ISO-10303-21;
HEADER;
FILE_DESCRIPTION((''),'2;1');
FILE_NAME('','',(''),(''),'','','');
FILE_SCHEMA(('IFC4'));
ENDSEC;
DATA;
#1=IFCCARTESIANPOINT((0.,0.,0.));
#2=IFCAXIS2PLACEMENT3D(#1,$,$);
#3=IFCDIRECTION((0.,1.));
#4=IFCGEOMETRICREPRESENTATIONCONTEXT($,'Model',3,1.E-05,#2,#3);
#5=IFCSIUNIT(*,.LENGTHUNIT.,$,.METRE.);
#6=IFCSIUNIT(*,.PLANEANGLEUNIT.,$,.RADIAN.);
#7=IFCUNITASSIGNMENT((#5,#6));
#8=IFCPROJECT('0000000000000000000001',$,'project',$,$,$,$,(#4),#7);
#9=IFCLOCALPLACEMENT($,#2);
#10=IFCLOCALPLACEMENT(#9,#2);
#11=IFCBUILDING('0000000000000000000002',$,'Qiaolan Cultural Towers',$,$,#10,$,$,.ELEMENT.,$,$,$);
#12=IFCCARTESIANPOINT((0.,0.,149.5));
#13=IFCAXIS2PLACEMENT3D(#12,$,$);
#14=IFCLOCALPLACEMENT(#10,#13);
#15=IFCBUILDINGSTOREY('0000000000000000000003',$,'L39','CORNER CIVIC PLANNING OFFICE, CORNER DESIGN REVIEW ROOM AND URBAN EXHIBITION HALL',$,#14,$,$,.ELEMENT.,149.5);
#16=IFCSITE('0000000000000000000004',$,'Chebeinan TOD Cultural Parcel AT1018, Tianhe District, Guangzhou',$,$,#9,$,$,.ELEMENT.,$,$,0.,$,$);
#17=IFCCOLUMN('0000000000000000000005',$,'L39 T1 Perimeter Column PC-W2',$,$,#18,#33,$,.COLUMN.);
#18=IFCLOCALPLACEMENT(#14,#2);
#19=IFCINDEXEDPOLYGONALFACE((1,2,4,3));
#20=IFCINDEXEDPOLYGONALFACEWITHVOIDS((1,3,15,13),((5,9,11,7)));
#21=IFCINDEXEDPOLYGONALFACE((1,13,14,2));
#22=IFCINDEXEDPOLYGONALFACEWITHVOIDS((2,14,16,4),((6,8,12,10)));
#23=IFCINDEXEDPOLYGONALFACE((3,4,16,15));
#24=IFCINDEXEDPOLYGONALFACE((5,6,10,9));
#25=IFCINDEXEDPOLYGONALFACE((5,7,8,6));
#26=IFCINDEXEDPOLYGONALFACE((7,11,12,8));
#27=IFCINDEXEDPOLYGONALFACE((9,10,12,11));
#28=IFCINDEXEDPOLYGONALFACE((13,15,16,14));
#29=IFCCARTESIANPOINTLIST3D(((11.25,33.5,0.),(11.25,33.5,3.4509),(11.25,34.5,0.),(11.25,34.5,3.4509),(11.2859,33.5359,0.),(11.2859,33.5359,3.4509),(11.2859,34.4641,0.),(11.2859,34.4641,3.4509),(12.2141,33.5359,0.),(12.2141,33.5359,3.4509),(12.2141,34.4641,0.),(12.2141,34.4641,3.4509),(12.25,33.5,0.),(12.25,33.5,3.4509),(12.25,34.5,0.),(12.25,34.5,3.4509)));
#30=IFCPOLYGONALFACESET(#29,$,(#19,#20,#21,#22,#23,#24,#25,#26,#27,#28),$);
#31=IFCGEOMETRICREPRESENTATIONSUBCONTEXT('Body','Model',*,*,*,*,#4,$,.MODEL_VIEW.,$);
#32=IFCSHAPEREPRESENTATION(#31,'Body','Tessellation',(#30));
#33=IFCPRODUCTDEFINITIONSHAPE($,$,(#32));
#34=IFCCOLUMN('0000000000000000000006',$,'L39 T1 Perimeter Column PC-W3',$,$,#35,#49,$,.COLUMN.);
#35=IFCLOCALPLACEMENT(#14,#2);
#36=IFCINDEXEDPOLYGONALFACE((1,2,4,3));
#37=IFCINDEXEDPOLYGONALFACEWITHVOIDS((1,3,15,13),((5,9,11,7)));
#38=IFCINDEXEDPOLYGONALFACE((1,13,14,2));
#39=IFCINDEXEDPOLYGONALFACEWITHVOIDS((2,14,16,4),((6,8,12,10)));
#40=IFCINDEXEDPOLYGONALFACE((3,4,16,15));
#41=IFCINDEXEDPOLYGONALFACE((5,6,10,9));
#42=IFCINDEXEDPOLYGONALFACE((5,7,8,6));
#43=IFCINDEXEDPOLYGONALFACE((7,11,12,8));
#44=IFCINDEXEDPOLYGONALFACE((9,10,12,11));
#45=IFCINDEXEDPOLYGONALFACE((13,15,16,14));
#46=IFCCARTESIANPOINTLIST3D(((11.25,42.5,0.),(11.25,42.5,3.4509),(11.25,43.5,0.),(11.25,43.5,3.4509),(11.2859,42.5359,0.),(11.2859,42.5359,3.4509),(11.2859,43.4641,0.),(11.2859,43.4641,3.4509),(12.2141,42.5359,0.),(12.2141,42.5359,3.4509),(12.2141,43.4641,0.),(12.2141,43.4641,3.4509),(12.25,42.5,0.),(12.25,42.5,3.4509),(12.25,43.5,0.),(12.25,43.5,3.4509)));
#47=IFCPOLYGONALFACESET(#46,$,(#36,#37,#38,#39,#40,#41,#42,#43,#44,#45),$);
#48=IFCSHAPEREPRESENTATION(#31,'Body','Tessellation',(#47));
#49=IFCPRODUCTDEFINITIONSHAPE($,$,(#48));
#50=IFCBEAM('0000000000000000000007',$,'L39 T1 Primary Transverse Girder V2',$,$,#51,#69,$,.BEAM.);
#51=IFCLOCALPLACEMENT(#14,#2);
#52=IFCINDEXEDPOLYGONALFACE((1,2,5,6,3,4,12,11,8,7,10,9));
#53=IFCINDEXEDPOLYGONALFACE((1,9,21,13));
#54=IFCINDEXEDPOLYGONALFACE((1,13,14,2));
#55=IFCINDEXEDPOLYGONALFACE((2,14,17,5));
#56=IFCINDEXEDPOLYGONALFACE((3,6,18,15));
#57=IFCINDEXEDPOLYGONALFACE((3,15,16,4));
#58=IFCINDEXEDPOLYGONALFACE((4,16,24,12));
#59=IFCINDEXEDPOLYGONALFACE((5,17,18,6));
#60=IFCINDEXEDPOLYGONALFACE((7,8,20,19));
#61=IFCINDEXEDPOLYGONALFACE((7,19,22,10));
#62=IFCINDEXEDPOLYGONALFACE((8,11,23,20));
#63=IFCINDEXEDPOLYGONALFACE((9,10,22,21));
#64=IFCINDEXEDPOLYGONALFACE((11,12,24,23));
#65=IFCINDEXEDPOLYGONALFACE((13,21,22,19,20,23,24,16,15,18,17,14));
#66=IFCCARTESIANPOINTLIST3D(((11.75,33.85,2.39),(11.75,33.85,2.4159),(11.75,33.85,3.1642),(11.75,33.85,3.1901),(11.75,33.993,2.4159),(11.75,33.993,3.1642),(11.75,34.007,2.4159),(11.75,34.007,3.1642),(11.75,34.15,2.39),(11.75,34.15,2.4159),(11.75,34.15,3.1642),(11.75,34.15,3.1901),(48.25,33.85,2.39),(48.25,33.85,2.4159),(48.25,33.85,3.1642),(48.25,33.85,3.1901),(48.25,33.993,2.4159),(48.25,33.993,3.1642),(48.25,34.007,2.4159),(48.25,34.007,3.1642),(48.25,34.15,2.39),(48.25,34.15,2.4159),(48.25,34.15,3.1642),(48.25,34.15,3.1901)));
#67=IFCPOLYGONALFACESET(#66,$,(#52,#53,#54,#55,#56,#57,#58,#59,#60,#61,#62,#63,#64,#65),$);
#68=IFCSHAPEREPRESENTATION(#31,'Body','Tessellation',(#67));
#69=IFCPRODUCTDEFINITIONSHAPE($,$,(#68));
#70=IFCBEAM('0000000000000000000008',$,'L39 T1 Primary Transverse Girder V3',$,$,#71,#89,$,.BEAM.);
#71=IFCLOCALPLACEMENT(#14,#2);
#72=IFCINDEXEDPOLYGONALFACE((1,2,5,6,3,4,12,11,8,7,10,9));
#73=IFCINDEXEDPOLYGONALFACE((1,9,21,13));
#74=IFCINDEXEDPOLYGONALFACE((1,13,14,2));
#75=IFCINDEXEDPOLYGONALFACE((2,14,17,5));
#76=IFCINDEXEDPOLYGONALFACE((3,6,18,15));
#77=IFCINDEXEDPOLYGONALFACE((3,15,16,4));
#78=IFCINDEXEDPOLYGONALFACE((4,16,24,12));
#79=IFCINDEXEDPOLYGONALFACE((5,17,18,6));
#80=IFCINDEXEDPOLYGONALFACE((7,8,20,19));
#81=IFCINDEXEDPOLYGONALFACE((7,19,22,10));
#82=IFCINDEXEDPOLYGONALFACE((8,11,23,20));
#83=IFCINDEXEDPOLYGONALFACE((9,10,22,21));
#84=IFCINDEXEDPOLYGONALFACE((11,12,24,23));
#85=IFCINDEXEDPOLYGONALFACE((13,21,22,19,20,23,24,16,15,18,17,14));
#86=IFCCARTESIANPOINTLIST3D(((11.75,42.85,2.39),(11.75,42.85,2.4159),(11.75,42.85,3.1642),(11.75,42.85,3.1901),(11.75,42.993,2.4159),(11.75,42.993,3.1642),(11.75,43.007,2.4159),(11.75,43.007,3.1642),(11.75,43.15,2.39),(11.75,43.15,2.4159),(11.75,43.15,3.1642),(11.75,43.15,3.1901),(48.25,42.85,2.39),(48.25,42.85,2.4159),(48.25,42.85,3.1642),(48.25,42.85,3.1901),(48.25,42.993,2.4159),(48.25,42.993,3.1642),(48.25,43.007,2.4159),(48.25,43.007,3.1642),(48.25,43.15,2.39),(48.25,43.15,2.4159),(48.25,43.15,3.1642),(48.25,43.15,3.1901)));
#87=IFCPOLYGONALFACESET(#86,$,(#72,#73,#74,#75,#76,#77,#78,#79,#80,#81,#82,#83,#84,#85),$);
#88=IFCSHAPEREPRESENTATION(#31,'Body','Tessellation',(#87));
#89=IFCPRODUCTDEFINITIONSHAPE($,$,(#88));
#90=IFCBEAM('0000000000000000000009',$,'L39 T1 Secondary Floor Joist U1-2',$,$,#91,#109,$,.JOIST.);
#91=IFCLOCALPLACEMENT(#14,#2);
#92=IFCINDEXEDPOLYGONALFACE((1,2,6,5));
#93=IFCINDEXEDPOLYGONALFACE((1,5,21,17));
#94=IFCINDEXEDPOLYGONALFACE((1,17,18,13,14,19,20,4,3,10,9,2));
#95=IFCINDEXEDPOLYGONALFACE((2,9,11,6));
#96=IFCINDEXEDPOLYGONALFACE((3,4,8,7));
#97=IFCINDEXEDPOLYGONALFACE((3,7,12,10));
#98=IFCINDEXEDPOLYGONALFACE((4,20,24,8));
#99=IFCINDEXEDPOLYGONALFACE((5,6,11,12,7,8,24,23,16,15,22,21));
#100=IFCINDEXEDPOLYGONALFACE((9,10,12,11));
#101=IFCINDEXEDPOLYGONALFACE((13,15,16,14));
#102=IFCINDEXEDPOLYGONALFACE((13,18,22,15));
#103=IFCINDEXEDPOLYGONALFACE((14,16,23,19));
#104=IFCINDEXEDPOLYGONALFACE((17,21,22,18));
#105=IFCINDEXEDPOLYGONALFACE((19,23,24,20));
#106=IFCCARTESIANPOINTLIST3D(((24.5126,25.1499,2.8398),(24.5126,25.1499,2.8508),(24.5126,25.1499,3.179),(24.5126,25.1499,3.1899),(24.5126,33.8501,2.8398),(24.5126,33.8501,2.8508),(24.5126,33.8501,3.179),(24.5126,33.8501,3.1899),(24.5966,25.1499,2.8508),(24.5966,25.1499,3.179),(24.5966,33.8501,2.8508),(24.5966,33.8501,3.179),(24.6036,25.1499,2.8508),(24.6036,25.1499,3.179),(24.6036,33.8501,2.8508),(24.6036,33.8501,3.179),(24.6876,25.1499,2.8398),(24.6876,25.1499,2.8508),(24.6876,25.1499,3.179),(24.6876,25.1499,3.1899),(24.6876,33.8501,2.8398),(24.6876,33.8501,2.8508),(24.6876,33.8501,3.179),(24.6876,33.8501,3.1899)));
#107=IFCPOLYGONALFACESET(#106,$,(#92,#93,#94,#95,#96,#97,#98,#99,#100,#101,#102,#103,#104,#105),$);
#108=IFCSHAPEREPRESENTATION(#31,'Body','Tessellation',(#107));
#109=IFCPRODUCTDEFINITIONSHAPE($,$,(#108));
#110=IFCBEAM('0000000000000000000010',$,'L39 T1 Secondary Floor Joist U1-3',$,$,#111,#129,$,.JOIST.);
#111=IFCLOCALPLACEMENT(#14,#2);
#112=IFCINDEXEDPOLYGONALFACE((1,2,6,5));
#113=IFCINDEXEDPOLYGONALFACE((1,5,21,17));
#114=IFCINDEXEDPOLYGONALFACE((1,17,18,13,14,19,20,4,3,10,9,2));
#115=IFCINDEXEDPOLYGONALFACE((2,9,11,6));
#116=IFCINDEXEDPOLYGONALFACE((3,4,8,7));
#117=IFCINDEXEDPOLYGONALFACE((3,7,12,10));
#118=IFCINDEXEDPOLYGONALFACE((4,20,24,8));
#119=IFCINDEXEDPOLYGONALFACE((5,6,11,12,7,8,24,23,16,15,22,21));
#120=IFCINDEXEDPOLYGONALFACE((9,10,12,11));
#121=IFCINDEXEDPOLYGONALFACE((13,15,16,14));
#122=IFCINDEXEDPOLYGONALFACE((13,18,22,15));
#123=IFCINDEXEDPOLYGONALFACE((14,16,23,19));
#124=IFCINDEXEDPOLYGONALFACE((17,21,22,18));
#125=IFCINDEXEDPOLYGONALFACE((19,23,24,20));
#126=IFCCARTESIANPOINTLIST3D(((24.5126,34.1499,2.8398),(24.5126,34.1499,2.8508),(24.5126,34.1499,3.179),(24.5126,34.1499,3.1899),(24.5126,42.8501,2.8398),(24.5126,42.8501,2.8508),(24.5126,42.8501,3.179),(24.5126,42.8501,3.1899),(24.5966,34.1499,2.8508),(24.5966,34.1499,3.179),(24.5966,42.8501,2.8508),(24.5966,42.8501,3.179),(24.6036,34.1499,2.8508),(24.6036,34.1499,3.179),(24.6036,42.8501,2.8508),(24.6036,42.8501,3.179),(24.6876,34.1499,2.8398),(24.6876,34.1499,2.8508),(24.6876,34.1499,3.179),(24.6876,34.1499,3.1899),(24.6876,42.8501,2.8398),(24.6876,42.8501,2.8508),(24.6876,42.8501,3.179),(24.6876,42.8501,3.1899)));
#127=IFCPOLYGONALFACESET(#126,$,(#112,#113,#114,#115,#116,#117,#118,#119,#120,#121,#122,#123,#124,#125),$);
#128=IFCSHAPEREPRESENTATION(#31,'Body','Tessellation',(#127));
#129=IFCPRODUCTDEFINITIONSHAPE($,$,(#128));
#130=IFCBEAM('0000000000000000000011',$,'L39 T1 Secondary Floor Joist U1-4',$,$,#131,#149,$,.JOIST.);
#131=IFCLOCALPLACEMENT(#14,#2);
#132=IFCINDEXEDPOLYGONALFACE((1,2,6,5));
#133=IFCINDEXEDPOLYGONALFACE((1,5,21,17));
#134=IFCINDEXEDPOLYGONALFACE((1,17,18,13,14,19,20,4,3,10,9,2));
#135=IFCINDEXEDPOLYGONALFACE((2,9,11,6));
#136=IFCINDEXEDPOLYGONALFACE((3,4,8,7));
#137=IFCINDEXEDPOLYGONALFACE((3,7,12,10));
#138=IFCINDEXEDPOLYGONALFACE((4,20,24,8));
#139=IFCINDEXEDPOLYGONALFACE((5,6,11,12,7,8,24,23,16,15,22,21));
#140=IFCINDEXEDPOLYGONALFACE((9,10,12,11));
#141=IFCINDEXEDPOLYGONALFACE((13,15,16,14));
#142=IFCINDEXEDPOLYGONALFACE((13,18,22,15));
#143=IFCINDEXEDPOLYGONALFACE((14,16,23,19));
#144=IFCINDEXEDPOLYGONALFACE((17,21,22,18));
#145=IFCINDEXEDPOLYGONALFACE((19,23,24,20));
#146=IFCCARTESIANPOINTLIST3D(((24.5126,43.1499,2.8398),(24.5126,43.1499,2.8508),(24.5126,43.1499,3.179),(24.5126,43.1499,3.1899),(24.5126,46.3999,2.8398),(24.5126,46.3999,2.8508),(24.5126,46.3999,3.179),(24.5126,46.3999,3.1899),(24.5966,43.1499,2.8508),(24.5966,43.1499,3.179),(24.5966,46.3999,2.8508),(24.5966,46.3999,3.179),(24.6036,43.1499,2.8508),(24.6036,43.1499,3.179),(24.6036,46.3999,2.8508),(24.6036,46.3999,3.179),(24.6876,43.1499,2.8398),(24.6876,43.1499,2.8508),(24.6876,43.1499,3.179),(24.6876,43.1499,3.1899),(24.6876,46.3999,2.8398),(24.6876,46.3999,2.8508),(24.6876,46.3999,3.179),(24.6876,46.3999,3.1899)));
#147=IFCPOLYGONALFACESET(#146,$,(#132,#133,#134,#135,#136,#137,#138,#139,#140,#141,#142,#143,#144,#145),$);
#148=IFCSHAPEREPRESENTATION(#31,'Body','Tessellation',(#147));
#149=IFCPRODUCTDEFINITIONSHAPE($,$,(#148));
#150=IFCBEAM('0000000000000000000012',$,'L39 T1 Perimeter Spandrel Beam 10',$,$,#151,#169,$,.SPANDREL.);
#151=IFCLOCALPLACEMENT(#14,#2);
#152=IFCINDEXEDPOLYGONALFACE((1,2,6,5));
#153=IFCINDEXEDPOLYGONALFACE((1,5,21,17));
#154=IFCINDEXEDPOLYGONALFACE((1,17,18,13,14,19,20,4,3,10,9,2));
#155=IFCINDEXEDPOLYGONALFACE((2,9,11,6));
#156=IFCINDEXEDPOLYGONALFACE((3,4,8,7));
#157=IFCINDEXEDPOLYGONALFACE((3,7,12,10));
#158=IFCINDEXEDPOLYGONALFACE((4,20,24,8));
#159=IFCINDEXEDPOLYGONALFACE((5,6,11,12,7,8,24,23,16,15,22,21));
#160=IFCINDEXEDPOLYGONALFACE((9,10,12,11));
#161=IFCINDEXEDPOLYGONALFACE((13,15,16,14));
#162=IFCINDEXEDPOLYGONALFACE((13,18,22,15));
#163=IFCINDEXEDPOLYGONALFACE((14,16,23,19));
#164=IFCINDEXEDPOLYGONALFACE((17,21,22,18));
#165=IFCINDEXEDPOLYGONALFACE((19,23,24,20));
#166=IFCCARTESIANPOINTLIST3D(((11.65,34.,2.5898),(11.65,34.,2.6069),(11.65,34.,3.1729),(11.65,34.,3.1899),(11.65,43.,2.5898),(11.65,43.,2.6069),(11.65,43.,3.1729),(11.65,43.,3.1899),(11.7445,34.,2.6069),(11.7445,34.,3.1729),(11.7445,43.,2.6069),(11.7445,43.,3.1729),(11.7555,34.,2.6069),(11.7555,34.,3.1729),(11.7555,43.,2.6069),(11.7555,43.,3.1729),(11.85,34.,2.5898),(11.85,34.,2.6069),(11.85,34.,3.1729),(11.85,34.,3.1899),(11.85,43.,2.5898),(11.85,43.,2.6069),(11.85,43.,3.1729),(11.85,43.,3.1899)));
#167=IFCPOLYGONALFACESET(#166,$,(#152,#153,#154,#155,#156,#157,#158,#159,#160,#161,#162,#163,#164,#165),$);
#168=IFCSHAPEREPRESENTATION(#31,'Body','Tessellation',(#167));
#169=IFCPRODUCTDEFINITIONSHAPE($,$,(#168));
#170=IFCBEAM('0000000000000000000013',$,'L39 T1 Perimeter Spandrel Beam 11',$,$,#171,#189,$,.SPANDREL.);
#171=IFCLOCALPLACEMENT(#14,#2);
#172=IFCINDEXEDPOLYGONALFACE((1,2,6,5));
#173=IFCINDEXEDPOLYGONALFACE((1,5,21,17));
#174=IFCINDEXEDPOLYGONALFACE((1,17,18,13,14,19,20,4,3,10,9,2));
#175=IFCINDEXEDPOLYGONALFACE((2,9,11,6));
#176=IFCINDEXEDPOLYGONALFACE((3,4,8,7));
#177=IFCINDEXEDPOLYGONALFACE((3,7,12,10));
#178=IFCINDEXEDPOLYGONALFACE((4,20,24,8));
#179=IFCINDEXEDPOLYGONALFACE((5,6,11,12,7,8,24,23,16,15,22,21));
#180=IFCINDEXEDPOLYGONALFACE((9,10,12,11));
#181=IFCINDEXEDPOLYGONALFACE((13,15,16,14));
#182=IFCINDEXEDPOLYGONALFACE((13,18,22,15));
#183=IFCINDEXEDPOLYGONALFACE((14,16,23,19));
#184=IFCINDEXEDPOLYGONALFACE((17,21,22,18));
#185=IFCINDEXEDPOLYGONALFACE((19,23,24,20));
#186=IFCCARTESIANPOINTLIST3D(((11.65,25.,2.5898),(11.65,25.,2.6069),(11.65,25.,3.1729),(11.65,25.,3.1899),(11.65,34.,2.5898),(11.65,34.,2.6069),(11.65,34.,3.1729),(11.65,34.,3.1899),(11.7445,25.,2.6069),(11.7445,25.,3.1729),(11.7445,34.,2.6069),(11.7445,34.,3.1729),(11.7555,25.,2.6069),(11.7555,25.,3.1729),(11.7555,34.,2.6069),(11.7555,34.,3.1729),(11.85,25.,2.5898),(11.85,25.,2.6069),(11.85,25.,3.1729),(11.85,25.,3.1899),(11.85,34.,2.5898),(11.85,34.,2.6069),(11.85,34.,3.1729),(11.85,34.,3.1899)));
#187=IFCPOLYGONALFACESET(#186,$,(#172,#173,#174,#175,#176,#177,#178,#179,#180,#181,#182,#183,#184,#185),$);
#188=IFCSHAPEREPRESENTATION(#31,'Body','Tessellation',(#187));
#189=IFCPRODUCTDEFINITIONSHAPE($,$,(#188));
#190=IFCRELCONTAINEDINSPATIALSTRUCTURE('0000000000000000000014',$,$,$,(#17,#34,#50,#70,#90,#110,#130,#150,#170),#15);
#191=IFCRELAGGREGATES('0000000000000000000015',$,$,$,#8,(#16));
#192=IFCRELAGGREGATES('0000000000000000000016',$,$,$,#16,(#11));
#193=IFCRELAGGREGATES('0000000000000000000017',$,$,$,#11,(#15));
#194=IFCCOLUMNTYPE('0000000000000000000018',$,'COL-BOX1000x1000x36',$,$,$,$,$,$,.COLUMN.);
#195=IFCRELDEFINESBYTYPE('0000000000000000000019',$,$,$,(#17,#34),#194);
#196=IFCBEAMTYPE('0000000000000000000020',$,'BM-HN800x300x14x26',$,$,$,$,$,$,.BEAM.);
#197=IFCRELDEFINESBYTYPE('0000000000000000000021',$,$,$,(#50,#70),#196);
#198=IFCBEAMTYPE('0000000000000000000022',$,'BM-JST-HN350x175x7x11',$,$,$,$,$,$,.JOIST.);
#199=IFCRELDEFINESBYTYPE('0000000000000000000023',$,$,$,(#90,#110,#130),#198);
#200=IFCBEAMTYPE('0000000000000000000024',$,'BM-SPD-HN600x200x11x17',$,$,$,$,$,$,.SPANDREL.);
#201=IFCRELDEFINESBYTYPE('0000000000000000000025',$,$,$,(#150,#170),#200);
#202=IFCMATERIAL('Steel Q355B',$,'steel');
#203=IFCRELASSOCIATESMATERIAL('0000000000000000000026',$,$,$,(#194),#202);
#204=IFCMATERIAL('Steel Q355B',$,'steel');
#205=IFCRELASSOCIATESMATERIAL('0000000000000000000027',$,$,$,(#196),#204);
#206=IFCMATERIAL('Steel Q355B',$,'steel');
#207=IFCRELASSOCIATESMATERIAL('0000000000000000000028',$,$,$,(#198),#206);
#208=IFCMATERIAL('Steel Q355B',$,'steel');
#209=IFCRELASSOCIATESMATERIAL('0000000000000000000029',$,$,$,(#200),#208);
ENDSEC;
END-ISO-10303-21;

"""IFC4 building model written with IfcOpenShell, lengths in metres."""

from ifc_helpers import new_model, si_unit, direction, frame, origin, origin_2d, place, context, subcontext, project, spatial, hollow_rectangle, i_section, extrude, material, material_profile, profile_set, type_object, element, save


model = new_model("IFC4")

# Units and contexts
model_context = context("Model", 3, precision=1e-05, world=origin(), true_north=direction((0.0, 1.0)))
body_context = subcontext(model_context, "Body", "Model", "MODEL_VIEW")
ifc_project = project(units=[si_unit("LENGTHUNIT", "METRE"), si_unit("PLANEANGLEUNIT", "RADIAN")], contexts=[model_context])

# Site, building, storey
site_placement = place(None, origin())
site = spatial("IfcSite", under=ifc_project, at=site_placement, Name="Chebeinan TOD Cultural Parcel AT1018, Tianhe District, Guangzhou", CompositionType="ELEMENT", RefElevation=0.0)
building_placement = place(site_placement, origin())
building = spatial("IfcBuilding", under=site, at=building_placement, Name="Qiaolan Cultural Towers", CompositionType="ELEMENT")
storey_placement = place(building_placement, frame((0.0, 0.0, 149.5)))
storey = spatial("IfcBuildingStorey", under=building, at=storey_placement, Name="L39", Description="CORNER CIVIC PLANNING OFFICE, CORNER DESIGN REVIEW ROOM AND URBAN EXHIBITION HALL", CompositionType="ELEMENT", Elevation=149.5)

# Columns
ifc_material_1 = material(Name="Steel Q355B", Category="steel")
ifc_material_profile_1 = material_profile(ifc_material_1, hollow_rectangle(XDim=1.0, YDim=1.0, WallThickness=0.0359, at=origin_2d()), Name="BOX1000x1000x36")
ifc_profile_set_1 = profile_set([ifc_material_profile_1], Name="Steel Q355B")
column_type = type_object("IfcColumnType", Name="COL-BOX1000x1000x36", PredefinedType="COLUMN", material=ifc_profile_set_1)
for number, where, z_axis, x_axis, name in (
    (1, (11.75, 34.0, 0.0), (0.0, 0.0, 1.0), (1.0, 0.0, 0.0), "L39 T1 Perimeter Column PC-W2"),
    (2, (11.75, 43.0, 0.0), (0.0, 0.0, 1.0), (1.0, 0.0, 0.0), "L39 T1 Perimeter Column PC-W3"),
):
    element("IfcColumn", number, at=place(storey_placement, frame(where, z_axis=z_axis, x_axis=x_axis)), inside=storey, type_object=column_type, Name=name, PredefinedType="COLUMN", context=body_context, shape_type="SweptSolid", body=[
        extrude(hollow_rectangle(XDim=1.0, YDim=1.0, WallThickness=0.0359, at=origin_2d()), origin(), (0.0, 0.0, 1.0), 3.4509),
    ])

# Beams
ifc_material_2 = material(Name="Steel Q355B", Category="steel")
ifc_material_profile_2 = material_profile(ifc_material_2, i_section(OverallWidth=0.3, OverallDepth=0.8, WebThickness=0.0139, FlangeThickness=0.0259, at=origin_2d()), Name="HN800x300x14x26")
ifc_profile_set_2 = profile_set([ifc_material_profile_2], Name="Steel Q355B")
beam_type_1 = type_object("IfcBeamType", Name="BM-HN800x300x14x26", PredefinedType="BEAM", material=ifc_profile_set_2)
for number, where, z_axis, x_axis, name in (
    (3, (11.75, 34.0, 2.79), (1.0, 0.0, 0.0), (0.0, 1.0, 0.0), "L39 T1 Primary Transverse Girder V2"),
    (4, (11.75, 43.0, 2.79), (1.0, 0.0, 0.0), (0.0, 1.0, 0.0), "L39 T1 Primary Transverse Girder V3"),
):
    element("IfcBeam", number, at=place(storey_placement, frame(where, z_axis=z_axis, x_axis=x_axis)), inside=storey, type_object=beam_type_1, Name=name, PredefinedType="BEAM", context=body_context, shape_type="SweptSolid", body=[
        extrude(i_section(OverallWidth=0.3, OverallDepth=0.8, WebThickness=0.0139, FlangeThickness=0.0259, at=origin_2d()), origin(), (0.0, 0.0, 1.0), 36.5),
    ])
ifc_material_3 = material(Name="Steel Q355B", Category="steel")
ifc_material_profile_3 = material_profile(ifc_material_3, i_section(OverallWidth=0.175, OverallDepth=0.3501, WebThickness=0.0071, FlangeThickness=0.011, at=origin_2d()), Name="HN350x175x7x11")
ifc_profile_set_3 = profile_set([ifc_material_profile_3], Name="Steel Q355B")
beam_type_2 = type_object("IfcBeamType", Name="BM-JST-HN350x175x7x11", PredefinedType="JOIST", material=ifc_profile_set_3)
for number, where, z_axis, x_axis, name in (
    (5, (24.6001, 25.1499, 3.0149), (0.0, 1.0, 0.0), (-1.0, 0.0, 0.0), "L39 T1 Secondary Floor Joist U1-2"),
    (6, (24.6001, 34.1499, 3.0149), (0.0, 1.0, 0.0), (-1.0, 0.0, 0.0), "L39 T1 Secondary Floor Joist U1-3"),
):
    element("IfcBeam", number, at=place(storey_placement, frame(where, z_axis=z_axis, x_axis=x_axis)), inside=storey, type_object=beam_type_2, Name=name, PredefinedType="JOIST", context=body_context, shape_type="SweptSolid", body=[
        extrude(i_section(OverallWidth=0.175, OverallDepth=0.3501, WebThickness=0.0071, FlangeThickness=0.011, at=origin_2d()), origin(), (0.0, 0.0, 1.0), 8.7002),
    ])
beam_placement = place(storey_placement, frame((24.6001, 43.1499, 3.0149), z_axis=(0.0, 1.0, 0.0), x_axis=(-1.0, 0.0, 0.0)))
element("IfcBeam", 7, at=beam_placement, inside=storey, type_object=beam_type_2, Name="L39 T1 Secondary Floor Joist U1-4", PredefinedType="JOIST", context=body_context, shape_type="SweptSolid", body=[
    extrude(i_section(OverallWidth=0.175, OverallDepth=0.3501, WebThickness=0.0071, FlangeThickness=0.011, at=origin_2d()), origin(), (0.0, 0.0, 1.0), 3.25),
])
ifc_material_4 = material(Name="Steel Q355B", Category="steel")
ifc_material_profile_4 = material_profile(ifc_material_4, i_section(OverallWidth=0.2, OverallDepth=0.6001, WebThickness=0.011, FlangeThickness=0.0171, at=origin_2d()), Name="HN600x200x11x17")
ifc_profile_set_4 = profile_set([ifc_material_profile_4], Name="Steel Q355B")
beam_type_3 = type_object("IfcBeamType", Name="BM-SPD-HN600x200x11x17", PredefinedType="SPANDREL", material=ifc_profile_set_4)
for number, where, z_axis, x_axis, name in (
    (8, (11.75, 43.0, 2.8899), (0.0, -1.0, 0.0), (1.0, 0.0, 0.0), "L39 T1 Perimeter Spandrel Beam 10"),
    (9, (11.75, 34.0, 2.8899), (0.0, -1.0, 0.0), (1.0, 0.0, 0.0), "L39 T1 Perimeter Spandrel Beam 11"),
):
    element("IfcBeam", number, at=place(storey_placement, frame(where, z_axis=z_axis, x_axis=x_axis)), inside=storey, type_object=beam_type_3, Name=name, PredefinedType="SPANDREL", context=body_context, shape_type="SweptSolid", body=[
        extrude(i_section(OverallWidth=0.2, OverallDepth=0.6001, WebThickness=0.011, FlangeThickness=0.0171, at=origin_2d()), origin(), (0.0, 0.0, 1.0), 9.0),
    ])

save(model, "model.ifc")
